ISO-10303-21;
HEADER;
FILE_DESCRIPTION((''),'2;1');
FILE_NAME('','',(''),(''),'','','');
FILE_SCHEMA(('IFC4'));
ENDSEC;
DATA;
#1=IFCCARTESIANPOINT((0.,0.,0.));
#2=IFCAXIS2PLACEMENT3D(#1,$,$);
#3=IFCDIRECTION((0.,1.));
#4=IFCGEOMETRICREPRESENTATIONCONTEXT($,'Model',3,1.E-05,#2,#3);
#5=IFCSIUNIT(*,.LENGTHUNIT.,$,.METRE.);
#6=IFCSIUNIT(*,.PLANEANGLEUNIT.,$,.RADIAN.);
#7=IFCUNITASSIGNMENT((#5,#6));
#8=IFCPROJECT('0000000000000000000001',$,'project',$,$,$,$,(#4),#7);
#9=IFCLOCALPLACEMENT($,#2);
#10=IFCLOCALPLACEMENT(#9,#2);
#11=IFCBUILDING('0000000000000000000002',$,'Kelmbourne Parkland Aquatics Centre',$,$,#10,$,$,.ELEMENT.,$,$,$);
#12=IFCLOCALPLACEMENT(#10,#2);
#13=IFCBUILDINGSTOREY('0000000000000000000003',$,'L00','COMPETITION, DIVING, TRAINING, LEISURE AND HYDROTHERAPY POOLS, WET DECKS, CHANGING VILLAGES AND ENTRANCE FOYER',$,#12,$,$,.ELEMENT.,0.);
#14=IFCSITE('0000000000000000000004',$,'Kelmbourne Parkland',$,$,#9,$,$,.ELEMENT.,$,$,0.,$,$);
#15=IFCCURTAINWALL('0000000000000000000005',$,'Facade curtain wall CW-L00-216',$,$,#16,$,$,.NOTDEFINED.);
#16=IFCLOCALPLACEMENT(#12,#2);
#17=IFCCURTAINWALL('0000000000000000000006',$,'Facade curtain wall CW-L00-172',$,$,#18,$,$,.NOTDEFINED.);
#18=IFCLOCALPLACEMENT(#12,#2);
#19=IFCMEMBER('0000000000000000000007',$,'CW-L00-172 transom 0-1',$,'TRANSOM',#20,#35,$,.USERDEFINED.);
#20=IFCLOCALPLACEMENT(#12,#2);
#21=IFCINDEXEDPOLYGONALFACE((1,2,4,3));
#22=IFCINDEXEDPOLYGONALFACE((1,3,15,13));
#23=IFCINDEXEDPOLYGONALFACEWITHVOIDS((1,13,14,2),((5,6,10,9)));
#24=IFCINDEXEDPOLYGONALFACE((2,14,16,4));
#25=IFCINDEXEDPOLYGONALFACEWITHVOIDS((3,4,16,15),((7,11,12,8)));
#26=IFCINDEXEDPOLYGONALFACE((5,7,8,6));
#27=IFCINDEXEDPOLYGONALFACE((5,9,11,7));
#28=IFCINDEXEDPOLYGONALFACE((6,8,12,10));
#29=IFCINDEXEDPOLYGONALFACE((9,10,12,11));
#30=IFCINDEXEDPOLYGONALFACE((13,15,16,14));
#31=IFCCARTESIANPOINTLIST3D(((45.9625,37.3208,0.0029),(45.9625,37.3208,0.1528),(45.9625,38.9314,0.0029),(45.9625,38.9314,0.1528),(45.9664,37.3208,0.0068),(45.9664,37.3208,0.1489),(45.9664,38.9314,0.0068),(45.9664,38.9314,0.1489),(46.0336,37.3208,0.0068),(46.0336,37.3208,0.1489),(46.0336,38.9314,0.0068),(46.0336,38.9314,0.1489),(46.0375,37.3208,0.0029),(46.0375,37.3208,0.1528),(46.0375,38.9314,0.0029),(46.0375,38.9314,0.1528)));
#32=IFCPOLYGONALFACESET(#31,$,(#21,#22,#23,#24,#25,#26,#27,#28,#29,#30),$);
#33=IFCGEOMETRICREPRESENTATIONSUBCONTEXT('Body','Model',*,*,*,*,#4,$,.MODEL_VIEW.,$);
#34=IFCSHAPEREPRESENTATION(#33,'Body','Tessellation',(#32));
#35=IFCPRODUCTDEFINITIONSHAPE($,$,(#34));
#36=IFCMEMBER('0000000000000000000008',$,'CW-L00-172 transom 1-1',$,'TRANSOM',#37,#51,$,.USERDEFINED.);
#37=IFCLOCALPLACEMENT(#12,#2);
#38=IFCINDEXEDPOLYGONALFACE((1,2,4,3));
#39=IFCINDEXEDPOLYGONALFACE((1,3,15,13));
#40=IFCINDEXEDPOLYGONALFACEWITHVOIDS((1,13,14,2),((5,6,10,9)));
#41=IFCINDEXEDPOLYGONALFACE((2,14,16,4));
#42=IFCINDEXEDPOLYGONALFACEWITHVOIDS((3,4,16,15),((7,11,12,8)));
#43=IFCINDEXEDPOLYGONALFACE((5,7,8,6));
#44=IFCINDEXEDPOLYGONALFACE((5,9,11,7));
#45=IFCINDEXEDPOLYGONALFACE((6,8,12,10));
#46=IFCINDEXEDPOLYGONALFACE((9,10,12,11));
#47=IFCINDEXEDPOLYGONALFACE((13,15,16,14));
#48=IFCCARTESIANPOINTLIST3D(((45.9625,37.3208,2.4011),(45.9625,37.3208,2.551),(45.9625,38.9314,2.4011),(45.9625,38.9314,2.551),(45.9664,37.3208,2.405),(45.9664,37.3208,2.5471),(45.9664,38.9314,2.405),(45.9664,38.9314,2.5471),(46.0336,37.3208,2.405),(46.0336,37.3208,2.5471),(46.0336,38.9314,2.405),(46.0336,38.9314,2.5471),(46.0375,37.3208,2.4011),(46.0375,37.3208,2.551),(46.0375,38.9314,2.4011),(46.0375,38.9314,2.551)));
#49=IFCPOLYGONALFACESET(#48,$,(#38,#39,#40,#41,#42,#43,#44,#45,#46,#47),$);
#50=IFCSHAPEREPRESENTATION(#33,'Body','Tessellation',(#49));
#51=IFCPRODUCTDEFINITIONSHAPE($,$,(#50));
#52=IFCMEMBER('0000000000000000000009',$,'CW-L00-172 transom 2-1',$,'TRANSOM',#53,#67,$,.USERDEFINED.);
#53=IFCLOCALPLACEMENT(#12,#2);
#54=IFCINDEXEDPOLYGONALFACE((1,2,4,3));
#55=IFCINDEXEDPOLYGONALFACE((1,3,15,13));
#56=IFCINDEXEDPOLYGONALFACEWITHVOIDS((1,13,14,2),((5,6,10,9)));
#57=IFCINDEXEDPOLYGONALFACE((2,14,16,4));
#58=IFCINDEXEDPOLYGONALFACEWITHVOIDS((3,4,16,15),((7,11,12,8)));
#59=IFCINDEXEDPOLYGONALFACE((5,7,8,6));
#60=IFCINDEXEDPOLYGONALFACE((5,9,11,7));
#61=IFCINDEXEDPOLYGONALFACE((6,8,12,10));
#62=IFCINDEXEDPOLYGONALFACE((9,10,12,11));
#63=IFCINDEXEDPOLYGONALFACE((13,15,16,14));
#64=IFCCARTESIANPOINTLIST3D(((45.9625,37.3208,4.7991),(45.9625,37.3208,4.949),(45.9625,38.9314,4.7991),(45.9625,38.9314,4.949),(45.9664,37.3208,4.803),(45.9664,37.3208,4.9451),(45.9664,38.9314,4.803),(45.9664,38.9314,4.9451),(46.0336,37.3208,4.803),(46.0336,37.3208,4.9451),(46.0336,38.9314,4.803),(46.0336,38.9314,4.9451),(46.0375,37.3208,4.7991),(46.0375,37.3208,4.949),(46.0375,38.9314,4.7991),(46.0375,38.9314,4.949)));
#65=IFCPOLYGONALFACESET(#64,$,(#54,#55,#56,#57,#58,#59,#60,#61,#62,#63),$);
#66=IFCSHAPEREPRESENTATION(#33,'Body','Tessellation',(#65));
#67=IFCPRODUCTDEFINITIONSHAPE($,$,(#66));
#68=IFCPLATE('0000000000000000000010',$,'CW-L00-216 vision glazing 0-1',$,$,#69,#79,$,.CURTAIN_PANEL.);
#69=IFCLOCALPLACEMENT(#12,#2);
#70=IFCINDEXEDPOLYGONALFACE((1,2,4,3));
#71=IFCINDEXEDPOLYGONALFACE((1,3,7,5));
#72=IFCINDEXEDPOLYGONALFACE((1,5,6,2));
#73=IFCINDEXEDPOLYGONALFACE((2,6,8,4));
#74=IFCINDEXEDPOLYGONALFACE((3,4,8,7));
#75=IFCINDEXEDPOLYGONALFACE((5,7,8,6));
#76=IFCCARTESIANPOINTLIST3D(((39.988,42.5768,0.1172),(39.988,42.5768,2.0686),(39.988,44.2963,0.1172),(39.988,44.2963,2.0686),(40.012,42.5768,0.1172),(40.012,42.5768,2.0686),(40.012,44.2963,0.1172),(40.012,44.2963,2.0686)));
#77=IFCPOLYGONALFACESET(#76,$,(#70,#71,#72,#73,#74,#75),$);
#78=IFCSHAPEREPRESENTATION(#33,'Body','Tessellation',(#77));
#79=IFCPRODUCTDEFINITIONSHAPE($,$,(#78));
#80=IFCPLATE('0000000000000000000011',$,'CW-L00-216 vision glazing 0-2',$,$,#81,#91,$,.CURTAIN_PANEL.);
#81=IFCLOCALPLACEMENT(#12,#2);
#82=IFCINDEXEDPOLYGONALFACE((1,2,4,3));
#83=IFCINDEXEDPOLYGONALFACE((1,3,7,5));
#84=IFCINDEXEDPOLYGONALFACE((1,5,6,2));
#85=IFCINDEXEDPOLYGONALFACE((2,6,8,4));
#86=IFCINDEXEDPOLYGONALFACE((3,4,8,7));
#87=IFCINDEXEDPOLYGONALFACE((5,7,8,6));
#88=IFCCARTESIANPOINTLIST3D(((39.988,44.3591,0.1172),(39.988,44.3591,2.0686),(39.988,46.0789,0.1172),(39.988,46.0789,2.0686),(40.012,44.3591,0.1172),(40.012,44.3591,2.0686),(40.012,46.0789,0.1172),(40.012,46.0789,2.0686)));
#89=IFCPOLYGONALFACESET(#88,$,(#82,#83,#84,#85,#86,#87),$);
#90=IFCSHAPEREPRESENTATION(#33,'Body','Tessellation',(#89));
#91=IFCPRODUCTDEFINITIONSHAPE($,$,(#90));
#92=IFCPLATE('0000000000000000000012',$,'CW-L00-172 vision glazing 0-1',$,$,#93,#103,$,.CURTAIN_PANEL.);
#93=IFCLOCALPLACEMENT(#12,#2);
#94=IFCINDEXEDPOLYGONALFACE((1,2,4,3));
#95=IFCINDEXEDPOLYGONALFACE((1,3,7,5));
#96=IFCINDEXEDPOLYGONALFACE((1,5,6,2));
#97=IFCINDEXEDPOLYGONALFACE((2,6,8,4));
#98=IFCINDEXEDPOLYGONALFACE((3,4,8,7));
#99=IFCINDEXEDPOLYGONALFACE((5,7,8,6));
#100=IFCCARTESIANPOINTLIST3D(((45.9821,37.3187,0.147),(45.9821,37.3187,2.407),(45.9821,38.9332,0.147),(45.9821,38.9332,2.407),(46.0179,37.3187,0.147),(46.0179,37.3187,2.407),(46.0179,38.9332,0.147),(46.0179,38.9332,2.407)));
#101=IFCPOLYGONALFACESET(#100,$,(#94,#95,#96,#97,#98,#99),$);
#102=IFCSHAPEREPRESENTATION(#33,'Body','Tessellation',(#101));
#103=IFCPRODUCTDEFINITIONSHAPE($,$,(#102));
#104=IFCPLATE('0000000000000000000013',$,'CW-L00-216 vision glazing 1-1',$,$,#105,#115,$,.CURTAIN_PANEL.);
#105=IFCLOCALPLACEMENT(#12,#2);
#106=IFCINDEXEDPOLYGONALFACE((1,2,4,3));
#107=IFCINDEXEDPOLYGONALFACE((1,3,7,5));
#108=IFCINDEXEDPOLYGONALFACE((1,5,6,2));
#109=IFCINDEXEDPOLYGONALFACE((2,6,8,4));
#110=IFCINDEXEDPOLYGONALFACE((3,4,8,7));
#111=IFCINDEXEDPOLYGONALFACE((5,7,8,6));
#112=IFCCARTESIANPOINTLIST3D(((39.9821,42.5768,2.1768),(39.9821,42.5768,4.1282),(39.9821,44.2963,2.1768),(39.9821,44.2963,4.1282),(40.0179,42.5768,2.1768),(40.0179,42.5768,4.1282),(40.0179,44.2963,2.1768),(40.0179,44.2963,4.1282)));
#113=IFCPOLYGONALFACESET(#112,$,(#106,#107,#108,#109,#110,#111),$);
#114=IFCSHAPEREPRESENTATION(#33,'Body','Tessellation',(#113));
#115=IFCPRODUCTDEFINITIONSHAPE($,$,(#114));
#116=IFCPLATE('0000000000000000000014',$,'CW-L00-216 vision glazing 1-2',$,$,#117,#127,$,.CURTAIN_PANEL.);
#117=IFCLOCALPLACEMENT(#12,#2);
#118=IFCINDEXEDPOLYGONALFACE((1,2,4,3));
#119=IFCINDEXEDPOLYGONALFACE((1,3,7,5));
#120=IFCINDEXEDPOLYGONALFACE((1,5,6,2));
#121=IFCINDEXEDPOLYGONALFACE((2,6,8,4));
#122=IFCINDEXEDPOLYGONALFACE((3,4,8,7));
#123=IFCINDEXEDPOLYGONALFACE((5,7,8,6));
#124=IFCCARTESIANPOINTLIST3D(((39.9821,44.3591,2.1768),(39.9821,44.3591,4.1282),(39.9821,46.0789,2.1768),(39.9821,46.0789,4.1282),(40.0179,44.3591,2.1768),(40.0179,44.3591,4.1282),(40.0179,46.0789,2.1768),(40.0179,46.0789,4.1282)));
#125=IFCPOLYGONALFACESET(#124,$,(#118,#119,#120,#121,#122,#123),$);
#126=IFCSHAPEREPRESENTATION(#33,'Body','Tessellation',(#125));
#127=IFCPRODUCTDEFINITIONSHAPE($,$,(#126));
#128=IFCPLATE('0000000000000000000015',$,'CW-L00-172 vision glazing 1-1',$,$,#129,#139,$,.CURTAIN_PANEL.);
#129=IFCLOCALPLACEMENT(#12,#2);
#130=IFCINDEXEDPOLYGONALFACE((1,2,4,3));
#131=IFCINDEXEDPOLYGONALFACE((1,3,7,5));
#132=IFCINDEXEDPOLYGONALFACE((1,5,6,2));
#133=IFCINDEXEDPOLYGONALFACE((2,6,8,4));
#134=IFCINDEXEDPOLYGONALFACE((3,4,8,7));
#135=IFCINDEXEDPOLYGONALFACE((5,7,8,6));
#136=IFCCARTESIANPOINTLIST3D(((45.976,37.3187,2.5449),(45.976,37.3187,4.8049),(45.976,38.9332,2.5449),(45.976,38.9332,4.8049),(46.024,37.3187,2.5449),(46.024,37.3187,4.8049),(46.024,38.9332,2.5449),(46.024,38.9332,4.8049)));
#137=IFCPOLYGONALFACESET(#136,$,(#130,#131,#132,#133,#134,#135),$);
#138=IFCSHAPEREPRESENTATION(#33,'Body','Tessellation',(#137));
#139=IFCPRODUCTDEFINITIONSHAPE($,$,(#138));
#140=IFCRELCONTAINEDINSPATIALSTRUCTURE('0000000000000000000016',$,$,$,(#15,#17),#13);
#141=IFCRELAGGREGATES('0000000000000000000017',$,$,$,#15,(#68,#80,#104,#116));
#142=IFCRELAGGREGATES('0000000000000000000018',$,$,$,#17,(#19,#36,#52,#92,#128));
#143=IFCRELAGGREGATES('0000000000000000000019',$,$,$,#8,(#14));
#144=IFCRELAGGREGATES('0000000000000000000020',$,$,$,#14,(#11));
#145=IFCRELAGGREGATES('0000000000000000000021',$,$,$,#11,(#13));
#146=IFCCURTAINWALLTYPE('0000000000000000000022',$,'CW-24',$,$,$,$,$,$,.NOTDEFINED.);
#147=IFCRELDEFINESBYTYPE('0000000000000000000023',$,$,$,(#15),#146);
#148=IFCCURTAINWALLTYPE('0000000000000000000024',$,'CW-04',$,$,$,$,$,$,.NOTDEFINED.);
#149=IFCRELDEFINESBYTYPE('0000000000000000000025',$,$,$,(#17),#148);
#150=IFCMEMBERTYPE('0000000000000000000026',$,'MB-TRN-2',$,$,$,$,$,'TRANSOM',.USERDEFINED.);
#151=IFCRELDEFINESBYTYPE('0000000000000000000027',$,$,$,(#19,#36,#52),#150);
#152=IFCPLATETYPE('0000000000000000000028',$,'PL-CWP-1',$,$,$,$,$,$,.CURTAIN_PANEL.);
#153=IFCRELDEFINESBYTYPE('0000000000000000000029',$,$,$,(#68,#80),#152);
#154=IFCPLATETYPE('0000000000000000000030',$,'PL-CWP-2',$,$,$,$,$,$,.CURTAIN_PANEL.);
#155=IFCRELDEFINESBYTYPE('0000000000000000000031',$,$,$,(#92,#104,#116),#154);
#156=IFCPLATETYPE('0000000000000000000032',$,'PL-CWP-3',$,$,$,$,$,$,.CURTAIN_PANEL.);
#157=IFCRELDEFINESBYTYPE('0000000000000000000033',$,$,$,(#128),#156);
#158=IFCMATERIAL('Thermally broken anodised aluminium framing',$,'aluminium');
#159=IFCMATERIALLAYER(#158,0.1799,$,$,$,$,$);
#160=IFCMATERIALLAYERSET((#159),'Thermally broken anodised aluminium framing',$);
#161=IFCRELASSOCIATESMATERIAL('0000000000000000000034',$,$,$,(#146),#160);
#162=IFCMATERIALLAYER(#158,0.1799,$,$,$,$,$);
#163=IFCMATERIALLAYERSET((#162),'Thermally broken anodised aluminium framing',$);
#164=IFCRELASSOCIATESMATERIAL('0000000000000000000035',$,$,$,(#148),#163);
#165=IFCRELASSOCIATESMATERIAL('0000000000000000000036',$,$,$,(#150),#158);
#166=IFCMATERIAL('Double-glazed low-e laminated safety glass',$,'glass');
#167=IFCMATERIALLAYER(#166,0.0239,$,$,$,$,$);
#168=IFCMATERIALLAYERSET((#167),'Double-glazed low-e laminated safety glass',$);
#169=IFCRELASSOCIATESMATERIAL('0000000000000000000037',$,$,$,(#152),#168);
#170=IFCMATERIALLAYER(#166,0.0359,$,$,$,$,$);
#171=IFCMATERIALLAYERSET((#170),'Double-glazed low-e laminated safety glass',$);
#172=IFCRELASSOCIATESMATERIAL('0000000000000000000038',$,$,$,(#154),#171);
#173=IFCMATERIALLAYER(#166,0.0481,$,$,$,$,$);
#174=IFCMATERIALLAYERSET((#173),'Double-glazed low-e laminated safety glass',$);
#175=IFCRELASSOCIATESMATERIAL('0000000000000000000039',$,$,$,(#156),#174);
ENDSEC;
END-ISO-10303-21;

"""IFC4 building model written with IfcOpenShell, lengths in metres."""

from ifc_helpers import new_model, si_unit, direction, frame, origin, origin_2d, place, context, subcontext, project, spatial, rectangle, hollow_rectangle, extrude, material, layer, layer_set, material_profile, profile_set, type_object, element, aggregate, save


model = new_model("IFC4")

# Units and contexts
model_context = context("Model", 3, precision=1e-05, world=origin(), true_north=direction((0.0, 1.0)))
body_context = subcontext(model_context, "Body", "Model", "MODEL_VIEW")
ifc_project = project(units=[si_unit("LENGTHUNIT", "METRE"), si_unit("PLANEANGLEUNIT", "RADIAN")], contexts=[model_context])

# Site, building, storey
site_placement = place(None, origin())
site = spatial("IfcSite", under=ifc_project, at=site_placement, Name="Kelmbourne Parkland", CompositionType="ELEMENT", RefElevation=0.0)
building_placement = place(site_placement, origin())
building = spatial("IfcBuilding", under=site, at=building_placement, Name="Kelmbourne Parkland Aquatics Centre", CompositionType="ELEMENT")
storey_placement = place(building_placement, origin())
storey = spatial("IfcBuildingStorey", under=building, at=storey_placement, Name="L00", Description="COMPETITION, DIVING, TRAINING, LEISURE AND HYDROTHERAPY POOLS, WET DECKS, CHANGING VILLAGES AND ENTRANCE FOYER", CompositionType="ELEMENT", Elevation=0.0)

# Curtain walls
ifc_material_1 = material(Name="Thermally broken anodised aluminium framing", Category="aluminium")
ifc_layer_1 = layer(ifc_material_1, 0.1799)
ifc_layer_set_1 = layer_set([ifc_layer_1], Name="Thermally broken anodised aluminium framing")
curtain_wall_type_1 = type_object("IfcCurtainWallType", Name="CW-24", PredefinedType="NOTDEFINED", material=ifc_layer_set_1)
curtain_wall_1_placement = place(storey_placement, origin())
curtain_wall_1 = element("IfcCurtainWall", 1, at=curtain_wall_1_placement, inside=storey, type_object=curtain_wall_type_1, Name="Facade curtain wall CW-L00-216", PredefinedType="NOTDEFINED")
ifc_layer_2 = layer(ifc_material_1, 0.1799)
ifc_layer_set_2 = layer_set([ifc_layer_2], Name="Thermally broken anodised aluminium framing")
curtain_wall_type_2 = type_object("IfcCurtainWallType", Name="CW-04", PredefinedType="NOTDEFINED", material=ifc_layer_set_2)
curtain_wall_2_placement = place(storey_placement, origin())
curtain_wall_2 = element("IfcCurtainWall", 2, at=curtain_wall_2_placement, inside=storey, type_object=curtain_wall_type_2, Name="Facade curtain wall CW-L00-172", PredefinedType="NOTDEFINED")

# Members
ifc_material_profile_1 = material_profile(ifc_material_1, hollow_rectangle(XDim=0.075, YDim=0.1499, WallThickness=0.0039, at=origin_2d()), Name="CW-T 75x150")
ifc_profile_set_1 = profile_set([ifc_material_profile_1], Name="Thermally broken anodised aluminium framing")
member_type_1 = type_object("IfcMemberType", Name="MB-TRN-2", ElementType="TRANSOM", PredefinedType="USERDEFINED", material=ifc_profile_set_1)
member_1_placement = place(storey_placement, frame((46.0, 37.3208, 0.0779), z_axis=(0.0, 1.0, 0.0), x_axis=(-1.0, 0.0, 0.0)))
member_1 = element("IfcMember", 3, at=member_1_placement, type_object=member_type_1, Name="CW-L00-172 transom 0-1", ObjectType="TRANSOM", PredefinedType="USERDEFINED", context=body_context, shape_type="SweptSolid", body=[
    extrude(hollow_rectangle(XDim=0.075, YDim=0.1499, WallThickness=0.0039, at=origin_2d()), origin(), (0.0, 0.0, 1.0), 1.6106),
])
member_2_placement = place(storey_placement, frame((46.0, 37.3208, 2.4761), z_axis=(0.0, 1.0, 0.0), x_axis=(-1.0, 0.0, 0.0)))
member_2 = element("IfcMember", 4, at=member_2_placement, type_object=member_type_1, Name="CW-L00-172 transom 1-1", ObjectType="TRANSOM", PredefinedType="USERDEFINED", context=body_context, shape_type="SweptSolid", body=[
    extrude(hollow_rectangle(XDim=0.075, YDim=0.1499, WallThickness=0.0039, at=origin_2d()), origin(), (0.0, 0.0, 1.0), 1.6106),
])
member_3_placement = place(storey_placement, frame((46.0, 37.3208, 4.874), z_axis=(0.0, 1.0, 0.0), x_axis=(-1.0, 0.0, 0.0)))
member_3 = element("IfcMember", 5, at=member_3_placement, type_object=member_type_1, Name="CW-L00-172 transom 2-1", ObjectType="TRANSOM", PredefinedType="USERDEFINED", context=body_context, shape_type="SweptSolid", body=[
    extrude(hollow_rectangle(XDim=0.075, YDim=0.1499, WallThickness=0.0039, at=origin_2d()), origin(), (0.0, 0.0, 1.0), 1.6106),
])

# Plates
ifc_material_2 = material(Name="Double-glazed low-e laminated safety glass", Category="glass")
ifc_layer_3 = layer(ifc_material_2, 0.0239)
ifc_layer_set_3 = layer_set([ifc_layer_3], Name="Double-glazed low-e laminated safety glass")
plate_type_1 = type_object("IfcPlateType", Name="PL-CWP-1", PredefinedType="CURTAIN_PANEL", material=ifc_layer_set_3)
plate_1_placement = place(storey_placement, frame((40.0, 43.4365, 0.1172), z_axis=(0.0, 0.0, 1.0), x_axis=(0.0, 1.0, 0.0)))
plate_1 = element("IfcPlate", 6, at=plate_1_placement, type_object=plate_type_1, Name="CW-L00-216 vision glazing 0-1", PredefinedType="CURTAIN_PANEL", context=body_context, shape_type="SweptSolid", body=[
    extrude(rectangle(XDim=1.7195, YDim=0.0239, at=origin_2d()), origin(), (0.0, 0.0, 1.0), 1.9514),
])
plate_2_placement = place(storey_placement, frame((40.0, 45.219, 0.1172), z_axis=(0.0, 0.0, 1.0), x_axis=(0.0, 1.0, 0.0)))
plate_2 = element("IfcPlate", 7, at=plate_2_placement, type_object=plate_type_1, Name="CW-L00-216 vision glazing 0-2", PredefinedType="CURTAIN_PANEL", context=body_context, shape_type="SweptSolid", body=[
    extrude(rectangle(XDim=1.7197, YDim=0.0239, at=origin_2d()), origin(), (0.0, 0.0, 1.0), 1.9514),
])
ifc_layer_4 = layer(ifc_material_2, 0.0359)
ifc_layer_set_4 = layer_set([ifc_layer_4], Name="Double-glazed low-e laminated safety glass")
plate_type_2 = type_object("IfcPlateType", Name="PL-CWP-2", PredefinedType="CURTAIN_PANEL", material=ifc_layer_set_4)
plate_3_placement = place(storey_placement, frame((46.0, 38.126, 0.147), z_axis=(0.0, 0.0, 1.0), x_axis=(0.0, 1.0, 0.0)))
plate_3 = element("IfcPlate", 8, at=plate_3_placement, type_object=plate_type_2, Name="CW-L00-172 vision glazing 0-1", PredefinedType="CURTAIN_PANEL", context=body_context, shape_type="SweptSolid", body=[
    extrude(rectangle(XDim=1.6145, YDim=0.0359, at=origin_2d()), origin(), (0.0, 0.0, 1.0), 2.26),
])
plate_4_placement = place(storey_placement, frame((40.0, 43.4365, 2.1768), z_axis=(0.0, 0.0, 1.0), x_axis=(0.0, 1.0, 0.0)))
plate_4 = element("IfcPlate", 9, at=plate_4_placement, type_object=plate_type_2, Name="CW-L00-216 vision glazing 1-1", PredefinedType="CURTAIN_PANEL", context=body_context, shape_type="SweptSolid", body=[
    extrude(rectangle(XDim=1.7195, YDim=0.0359, at=origin_2d()), origin(), (0.0, 0.0, 1.0), 1.9514),
])
plate_5_placement = place(storey_placement, frame((40.0, 45.219, 2.1768), z_axis=(0.0, 0.0, 1.0), x_axis=(0.0, 1.0, 0.0)))
plate_5 = element("IfcPlate", 10, at=plate_5_placement, type_object=plate_type_2, Name="CW-L00-216 vision glazing 1-2", PredefinedType="CURTAIN_PANEL", context=body_context, shape_type="SweptSolid", body=[
    extrude(rectangle(XDim=1.7197, YDim=0.0359, at=origin_2d()), origin(), (0.0, 0.0, 1.0), 1.9514),
])
aggregate(curtain_wall_1, [plate_1, plate_2, plate_4, plate_5])
ifc_layer_5 = layer(ifc_material_2, 0.0481)
ifc_layer_set_5 = layer_set([ifc_layer_5], Name="Double-glazed low-e laminated safety glass")
plate_type_3 = type_object("IfcPlateType", Name="PL-CWP-3", PredefinedType="CURTAIN_PANEL", material=ifc_layer_set_5)
plate_6_placement = place(storey_placement, frame((46.0, 38.126, 2.5449), z_axis=(0.0, 0.0, 1.0), x_axis=(0.0, 1.0, 0.0)))
plate_6 = element("IfcPlate", 11, at=plate_6_placement, type_object=plate_type_3, Name="CW-L00-172 vision glazing 1-1", PredefinedType="CURTAIN_PANEL", context=body_context, shape_type="SweptSolid", body=[
    extrude(rectangle(XDim=1.6145, YDim=0.0481, at=origin_2d()), origin(), (0.0, 0.0, 1.0), 2.26),
])
aggregate(curtain_wall_2, [member_1, member_2, member_3, plate_3, plate_6])

save(model, "model.ifc")
